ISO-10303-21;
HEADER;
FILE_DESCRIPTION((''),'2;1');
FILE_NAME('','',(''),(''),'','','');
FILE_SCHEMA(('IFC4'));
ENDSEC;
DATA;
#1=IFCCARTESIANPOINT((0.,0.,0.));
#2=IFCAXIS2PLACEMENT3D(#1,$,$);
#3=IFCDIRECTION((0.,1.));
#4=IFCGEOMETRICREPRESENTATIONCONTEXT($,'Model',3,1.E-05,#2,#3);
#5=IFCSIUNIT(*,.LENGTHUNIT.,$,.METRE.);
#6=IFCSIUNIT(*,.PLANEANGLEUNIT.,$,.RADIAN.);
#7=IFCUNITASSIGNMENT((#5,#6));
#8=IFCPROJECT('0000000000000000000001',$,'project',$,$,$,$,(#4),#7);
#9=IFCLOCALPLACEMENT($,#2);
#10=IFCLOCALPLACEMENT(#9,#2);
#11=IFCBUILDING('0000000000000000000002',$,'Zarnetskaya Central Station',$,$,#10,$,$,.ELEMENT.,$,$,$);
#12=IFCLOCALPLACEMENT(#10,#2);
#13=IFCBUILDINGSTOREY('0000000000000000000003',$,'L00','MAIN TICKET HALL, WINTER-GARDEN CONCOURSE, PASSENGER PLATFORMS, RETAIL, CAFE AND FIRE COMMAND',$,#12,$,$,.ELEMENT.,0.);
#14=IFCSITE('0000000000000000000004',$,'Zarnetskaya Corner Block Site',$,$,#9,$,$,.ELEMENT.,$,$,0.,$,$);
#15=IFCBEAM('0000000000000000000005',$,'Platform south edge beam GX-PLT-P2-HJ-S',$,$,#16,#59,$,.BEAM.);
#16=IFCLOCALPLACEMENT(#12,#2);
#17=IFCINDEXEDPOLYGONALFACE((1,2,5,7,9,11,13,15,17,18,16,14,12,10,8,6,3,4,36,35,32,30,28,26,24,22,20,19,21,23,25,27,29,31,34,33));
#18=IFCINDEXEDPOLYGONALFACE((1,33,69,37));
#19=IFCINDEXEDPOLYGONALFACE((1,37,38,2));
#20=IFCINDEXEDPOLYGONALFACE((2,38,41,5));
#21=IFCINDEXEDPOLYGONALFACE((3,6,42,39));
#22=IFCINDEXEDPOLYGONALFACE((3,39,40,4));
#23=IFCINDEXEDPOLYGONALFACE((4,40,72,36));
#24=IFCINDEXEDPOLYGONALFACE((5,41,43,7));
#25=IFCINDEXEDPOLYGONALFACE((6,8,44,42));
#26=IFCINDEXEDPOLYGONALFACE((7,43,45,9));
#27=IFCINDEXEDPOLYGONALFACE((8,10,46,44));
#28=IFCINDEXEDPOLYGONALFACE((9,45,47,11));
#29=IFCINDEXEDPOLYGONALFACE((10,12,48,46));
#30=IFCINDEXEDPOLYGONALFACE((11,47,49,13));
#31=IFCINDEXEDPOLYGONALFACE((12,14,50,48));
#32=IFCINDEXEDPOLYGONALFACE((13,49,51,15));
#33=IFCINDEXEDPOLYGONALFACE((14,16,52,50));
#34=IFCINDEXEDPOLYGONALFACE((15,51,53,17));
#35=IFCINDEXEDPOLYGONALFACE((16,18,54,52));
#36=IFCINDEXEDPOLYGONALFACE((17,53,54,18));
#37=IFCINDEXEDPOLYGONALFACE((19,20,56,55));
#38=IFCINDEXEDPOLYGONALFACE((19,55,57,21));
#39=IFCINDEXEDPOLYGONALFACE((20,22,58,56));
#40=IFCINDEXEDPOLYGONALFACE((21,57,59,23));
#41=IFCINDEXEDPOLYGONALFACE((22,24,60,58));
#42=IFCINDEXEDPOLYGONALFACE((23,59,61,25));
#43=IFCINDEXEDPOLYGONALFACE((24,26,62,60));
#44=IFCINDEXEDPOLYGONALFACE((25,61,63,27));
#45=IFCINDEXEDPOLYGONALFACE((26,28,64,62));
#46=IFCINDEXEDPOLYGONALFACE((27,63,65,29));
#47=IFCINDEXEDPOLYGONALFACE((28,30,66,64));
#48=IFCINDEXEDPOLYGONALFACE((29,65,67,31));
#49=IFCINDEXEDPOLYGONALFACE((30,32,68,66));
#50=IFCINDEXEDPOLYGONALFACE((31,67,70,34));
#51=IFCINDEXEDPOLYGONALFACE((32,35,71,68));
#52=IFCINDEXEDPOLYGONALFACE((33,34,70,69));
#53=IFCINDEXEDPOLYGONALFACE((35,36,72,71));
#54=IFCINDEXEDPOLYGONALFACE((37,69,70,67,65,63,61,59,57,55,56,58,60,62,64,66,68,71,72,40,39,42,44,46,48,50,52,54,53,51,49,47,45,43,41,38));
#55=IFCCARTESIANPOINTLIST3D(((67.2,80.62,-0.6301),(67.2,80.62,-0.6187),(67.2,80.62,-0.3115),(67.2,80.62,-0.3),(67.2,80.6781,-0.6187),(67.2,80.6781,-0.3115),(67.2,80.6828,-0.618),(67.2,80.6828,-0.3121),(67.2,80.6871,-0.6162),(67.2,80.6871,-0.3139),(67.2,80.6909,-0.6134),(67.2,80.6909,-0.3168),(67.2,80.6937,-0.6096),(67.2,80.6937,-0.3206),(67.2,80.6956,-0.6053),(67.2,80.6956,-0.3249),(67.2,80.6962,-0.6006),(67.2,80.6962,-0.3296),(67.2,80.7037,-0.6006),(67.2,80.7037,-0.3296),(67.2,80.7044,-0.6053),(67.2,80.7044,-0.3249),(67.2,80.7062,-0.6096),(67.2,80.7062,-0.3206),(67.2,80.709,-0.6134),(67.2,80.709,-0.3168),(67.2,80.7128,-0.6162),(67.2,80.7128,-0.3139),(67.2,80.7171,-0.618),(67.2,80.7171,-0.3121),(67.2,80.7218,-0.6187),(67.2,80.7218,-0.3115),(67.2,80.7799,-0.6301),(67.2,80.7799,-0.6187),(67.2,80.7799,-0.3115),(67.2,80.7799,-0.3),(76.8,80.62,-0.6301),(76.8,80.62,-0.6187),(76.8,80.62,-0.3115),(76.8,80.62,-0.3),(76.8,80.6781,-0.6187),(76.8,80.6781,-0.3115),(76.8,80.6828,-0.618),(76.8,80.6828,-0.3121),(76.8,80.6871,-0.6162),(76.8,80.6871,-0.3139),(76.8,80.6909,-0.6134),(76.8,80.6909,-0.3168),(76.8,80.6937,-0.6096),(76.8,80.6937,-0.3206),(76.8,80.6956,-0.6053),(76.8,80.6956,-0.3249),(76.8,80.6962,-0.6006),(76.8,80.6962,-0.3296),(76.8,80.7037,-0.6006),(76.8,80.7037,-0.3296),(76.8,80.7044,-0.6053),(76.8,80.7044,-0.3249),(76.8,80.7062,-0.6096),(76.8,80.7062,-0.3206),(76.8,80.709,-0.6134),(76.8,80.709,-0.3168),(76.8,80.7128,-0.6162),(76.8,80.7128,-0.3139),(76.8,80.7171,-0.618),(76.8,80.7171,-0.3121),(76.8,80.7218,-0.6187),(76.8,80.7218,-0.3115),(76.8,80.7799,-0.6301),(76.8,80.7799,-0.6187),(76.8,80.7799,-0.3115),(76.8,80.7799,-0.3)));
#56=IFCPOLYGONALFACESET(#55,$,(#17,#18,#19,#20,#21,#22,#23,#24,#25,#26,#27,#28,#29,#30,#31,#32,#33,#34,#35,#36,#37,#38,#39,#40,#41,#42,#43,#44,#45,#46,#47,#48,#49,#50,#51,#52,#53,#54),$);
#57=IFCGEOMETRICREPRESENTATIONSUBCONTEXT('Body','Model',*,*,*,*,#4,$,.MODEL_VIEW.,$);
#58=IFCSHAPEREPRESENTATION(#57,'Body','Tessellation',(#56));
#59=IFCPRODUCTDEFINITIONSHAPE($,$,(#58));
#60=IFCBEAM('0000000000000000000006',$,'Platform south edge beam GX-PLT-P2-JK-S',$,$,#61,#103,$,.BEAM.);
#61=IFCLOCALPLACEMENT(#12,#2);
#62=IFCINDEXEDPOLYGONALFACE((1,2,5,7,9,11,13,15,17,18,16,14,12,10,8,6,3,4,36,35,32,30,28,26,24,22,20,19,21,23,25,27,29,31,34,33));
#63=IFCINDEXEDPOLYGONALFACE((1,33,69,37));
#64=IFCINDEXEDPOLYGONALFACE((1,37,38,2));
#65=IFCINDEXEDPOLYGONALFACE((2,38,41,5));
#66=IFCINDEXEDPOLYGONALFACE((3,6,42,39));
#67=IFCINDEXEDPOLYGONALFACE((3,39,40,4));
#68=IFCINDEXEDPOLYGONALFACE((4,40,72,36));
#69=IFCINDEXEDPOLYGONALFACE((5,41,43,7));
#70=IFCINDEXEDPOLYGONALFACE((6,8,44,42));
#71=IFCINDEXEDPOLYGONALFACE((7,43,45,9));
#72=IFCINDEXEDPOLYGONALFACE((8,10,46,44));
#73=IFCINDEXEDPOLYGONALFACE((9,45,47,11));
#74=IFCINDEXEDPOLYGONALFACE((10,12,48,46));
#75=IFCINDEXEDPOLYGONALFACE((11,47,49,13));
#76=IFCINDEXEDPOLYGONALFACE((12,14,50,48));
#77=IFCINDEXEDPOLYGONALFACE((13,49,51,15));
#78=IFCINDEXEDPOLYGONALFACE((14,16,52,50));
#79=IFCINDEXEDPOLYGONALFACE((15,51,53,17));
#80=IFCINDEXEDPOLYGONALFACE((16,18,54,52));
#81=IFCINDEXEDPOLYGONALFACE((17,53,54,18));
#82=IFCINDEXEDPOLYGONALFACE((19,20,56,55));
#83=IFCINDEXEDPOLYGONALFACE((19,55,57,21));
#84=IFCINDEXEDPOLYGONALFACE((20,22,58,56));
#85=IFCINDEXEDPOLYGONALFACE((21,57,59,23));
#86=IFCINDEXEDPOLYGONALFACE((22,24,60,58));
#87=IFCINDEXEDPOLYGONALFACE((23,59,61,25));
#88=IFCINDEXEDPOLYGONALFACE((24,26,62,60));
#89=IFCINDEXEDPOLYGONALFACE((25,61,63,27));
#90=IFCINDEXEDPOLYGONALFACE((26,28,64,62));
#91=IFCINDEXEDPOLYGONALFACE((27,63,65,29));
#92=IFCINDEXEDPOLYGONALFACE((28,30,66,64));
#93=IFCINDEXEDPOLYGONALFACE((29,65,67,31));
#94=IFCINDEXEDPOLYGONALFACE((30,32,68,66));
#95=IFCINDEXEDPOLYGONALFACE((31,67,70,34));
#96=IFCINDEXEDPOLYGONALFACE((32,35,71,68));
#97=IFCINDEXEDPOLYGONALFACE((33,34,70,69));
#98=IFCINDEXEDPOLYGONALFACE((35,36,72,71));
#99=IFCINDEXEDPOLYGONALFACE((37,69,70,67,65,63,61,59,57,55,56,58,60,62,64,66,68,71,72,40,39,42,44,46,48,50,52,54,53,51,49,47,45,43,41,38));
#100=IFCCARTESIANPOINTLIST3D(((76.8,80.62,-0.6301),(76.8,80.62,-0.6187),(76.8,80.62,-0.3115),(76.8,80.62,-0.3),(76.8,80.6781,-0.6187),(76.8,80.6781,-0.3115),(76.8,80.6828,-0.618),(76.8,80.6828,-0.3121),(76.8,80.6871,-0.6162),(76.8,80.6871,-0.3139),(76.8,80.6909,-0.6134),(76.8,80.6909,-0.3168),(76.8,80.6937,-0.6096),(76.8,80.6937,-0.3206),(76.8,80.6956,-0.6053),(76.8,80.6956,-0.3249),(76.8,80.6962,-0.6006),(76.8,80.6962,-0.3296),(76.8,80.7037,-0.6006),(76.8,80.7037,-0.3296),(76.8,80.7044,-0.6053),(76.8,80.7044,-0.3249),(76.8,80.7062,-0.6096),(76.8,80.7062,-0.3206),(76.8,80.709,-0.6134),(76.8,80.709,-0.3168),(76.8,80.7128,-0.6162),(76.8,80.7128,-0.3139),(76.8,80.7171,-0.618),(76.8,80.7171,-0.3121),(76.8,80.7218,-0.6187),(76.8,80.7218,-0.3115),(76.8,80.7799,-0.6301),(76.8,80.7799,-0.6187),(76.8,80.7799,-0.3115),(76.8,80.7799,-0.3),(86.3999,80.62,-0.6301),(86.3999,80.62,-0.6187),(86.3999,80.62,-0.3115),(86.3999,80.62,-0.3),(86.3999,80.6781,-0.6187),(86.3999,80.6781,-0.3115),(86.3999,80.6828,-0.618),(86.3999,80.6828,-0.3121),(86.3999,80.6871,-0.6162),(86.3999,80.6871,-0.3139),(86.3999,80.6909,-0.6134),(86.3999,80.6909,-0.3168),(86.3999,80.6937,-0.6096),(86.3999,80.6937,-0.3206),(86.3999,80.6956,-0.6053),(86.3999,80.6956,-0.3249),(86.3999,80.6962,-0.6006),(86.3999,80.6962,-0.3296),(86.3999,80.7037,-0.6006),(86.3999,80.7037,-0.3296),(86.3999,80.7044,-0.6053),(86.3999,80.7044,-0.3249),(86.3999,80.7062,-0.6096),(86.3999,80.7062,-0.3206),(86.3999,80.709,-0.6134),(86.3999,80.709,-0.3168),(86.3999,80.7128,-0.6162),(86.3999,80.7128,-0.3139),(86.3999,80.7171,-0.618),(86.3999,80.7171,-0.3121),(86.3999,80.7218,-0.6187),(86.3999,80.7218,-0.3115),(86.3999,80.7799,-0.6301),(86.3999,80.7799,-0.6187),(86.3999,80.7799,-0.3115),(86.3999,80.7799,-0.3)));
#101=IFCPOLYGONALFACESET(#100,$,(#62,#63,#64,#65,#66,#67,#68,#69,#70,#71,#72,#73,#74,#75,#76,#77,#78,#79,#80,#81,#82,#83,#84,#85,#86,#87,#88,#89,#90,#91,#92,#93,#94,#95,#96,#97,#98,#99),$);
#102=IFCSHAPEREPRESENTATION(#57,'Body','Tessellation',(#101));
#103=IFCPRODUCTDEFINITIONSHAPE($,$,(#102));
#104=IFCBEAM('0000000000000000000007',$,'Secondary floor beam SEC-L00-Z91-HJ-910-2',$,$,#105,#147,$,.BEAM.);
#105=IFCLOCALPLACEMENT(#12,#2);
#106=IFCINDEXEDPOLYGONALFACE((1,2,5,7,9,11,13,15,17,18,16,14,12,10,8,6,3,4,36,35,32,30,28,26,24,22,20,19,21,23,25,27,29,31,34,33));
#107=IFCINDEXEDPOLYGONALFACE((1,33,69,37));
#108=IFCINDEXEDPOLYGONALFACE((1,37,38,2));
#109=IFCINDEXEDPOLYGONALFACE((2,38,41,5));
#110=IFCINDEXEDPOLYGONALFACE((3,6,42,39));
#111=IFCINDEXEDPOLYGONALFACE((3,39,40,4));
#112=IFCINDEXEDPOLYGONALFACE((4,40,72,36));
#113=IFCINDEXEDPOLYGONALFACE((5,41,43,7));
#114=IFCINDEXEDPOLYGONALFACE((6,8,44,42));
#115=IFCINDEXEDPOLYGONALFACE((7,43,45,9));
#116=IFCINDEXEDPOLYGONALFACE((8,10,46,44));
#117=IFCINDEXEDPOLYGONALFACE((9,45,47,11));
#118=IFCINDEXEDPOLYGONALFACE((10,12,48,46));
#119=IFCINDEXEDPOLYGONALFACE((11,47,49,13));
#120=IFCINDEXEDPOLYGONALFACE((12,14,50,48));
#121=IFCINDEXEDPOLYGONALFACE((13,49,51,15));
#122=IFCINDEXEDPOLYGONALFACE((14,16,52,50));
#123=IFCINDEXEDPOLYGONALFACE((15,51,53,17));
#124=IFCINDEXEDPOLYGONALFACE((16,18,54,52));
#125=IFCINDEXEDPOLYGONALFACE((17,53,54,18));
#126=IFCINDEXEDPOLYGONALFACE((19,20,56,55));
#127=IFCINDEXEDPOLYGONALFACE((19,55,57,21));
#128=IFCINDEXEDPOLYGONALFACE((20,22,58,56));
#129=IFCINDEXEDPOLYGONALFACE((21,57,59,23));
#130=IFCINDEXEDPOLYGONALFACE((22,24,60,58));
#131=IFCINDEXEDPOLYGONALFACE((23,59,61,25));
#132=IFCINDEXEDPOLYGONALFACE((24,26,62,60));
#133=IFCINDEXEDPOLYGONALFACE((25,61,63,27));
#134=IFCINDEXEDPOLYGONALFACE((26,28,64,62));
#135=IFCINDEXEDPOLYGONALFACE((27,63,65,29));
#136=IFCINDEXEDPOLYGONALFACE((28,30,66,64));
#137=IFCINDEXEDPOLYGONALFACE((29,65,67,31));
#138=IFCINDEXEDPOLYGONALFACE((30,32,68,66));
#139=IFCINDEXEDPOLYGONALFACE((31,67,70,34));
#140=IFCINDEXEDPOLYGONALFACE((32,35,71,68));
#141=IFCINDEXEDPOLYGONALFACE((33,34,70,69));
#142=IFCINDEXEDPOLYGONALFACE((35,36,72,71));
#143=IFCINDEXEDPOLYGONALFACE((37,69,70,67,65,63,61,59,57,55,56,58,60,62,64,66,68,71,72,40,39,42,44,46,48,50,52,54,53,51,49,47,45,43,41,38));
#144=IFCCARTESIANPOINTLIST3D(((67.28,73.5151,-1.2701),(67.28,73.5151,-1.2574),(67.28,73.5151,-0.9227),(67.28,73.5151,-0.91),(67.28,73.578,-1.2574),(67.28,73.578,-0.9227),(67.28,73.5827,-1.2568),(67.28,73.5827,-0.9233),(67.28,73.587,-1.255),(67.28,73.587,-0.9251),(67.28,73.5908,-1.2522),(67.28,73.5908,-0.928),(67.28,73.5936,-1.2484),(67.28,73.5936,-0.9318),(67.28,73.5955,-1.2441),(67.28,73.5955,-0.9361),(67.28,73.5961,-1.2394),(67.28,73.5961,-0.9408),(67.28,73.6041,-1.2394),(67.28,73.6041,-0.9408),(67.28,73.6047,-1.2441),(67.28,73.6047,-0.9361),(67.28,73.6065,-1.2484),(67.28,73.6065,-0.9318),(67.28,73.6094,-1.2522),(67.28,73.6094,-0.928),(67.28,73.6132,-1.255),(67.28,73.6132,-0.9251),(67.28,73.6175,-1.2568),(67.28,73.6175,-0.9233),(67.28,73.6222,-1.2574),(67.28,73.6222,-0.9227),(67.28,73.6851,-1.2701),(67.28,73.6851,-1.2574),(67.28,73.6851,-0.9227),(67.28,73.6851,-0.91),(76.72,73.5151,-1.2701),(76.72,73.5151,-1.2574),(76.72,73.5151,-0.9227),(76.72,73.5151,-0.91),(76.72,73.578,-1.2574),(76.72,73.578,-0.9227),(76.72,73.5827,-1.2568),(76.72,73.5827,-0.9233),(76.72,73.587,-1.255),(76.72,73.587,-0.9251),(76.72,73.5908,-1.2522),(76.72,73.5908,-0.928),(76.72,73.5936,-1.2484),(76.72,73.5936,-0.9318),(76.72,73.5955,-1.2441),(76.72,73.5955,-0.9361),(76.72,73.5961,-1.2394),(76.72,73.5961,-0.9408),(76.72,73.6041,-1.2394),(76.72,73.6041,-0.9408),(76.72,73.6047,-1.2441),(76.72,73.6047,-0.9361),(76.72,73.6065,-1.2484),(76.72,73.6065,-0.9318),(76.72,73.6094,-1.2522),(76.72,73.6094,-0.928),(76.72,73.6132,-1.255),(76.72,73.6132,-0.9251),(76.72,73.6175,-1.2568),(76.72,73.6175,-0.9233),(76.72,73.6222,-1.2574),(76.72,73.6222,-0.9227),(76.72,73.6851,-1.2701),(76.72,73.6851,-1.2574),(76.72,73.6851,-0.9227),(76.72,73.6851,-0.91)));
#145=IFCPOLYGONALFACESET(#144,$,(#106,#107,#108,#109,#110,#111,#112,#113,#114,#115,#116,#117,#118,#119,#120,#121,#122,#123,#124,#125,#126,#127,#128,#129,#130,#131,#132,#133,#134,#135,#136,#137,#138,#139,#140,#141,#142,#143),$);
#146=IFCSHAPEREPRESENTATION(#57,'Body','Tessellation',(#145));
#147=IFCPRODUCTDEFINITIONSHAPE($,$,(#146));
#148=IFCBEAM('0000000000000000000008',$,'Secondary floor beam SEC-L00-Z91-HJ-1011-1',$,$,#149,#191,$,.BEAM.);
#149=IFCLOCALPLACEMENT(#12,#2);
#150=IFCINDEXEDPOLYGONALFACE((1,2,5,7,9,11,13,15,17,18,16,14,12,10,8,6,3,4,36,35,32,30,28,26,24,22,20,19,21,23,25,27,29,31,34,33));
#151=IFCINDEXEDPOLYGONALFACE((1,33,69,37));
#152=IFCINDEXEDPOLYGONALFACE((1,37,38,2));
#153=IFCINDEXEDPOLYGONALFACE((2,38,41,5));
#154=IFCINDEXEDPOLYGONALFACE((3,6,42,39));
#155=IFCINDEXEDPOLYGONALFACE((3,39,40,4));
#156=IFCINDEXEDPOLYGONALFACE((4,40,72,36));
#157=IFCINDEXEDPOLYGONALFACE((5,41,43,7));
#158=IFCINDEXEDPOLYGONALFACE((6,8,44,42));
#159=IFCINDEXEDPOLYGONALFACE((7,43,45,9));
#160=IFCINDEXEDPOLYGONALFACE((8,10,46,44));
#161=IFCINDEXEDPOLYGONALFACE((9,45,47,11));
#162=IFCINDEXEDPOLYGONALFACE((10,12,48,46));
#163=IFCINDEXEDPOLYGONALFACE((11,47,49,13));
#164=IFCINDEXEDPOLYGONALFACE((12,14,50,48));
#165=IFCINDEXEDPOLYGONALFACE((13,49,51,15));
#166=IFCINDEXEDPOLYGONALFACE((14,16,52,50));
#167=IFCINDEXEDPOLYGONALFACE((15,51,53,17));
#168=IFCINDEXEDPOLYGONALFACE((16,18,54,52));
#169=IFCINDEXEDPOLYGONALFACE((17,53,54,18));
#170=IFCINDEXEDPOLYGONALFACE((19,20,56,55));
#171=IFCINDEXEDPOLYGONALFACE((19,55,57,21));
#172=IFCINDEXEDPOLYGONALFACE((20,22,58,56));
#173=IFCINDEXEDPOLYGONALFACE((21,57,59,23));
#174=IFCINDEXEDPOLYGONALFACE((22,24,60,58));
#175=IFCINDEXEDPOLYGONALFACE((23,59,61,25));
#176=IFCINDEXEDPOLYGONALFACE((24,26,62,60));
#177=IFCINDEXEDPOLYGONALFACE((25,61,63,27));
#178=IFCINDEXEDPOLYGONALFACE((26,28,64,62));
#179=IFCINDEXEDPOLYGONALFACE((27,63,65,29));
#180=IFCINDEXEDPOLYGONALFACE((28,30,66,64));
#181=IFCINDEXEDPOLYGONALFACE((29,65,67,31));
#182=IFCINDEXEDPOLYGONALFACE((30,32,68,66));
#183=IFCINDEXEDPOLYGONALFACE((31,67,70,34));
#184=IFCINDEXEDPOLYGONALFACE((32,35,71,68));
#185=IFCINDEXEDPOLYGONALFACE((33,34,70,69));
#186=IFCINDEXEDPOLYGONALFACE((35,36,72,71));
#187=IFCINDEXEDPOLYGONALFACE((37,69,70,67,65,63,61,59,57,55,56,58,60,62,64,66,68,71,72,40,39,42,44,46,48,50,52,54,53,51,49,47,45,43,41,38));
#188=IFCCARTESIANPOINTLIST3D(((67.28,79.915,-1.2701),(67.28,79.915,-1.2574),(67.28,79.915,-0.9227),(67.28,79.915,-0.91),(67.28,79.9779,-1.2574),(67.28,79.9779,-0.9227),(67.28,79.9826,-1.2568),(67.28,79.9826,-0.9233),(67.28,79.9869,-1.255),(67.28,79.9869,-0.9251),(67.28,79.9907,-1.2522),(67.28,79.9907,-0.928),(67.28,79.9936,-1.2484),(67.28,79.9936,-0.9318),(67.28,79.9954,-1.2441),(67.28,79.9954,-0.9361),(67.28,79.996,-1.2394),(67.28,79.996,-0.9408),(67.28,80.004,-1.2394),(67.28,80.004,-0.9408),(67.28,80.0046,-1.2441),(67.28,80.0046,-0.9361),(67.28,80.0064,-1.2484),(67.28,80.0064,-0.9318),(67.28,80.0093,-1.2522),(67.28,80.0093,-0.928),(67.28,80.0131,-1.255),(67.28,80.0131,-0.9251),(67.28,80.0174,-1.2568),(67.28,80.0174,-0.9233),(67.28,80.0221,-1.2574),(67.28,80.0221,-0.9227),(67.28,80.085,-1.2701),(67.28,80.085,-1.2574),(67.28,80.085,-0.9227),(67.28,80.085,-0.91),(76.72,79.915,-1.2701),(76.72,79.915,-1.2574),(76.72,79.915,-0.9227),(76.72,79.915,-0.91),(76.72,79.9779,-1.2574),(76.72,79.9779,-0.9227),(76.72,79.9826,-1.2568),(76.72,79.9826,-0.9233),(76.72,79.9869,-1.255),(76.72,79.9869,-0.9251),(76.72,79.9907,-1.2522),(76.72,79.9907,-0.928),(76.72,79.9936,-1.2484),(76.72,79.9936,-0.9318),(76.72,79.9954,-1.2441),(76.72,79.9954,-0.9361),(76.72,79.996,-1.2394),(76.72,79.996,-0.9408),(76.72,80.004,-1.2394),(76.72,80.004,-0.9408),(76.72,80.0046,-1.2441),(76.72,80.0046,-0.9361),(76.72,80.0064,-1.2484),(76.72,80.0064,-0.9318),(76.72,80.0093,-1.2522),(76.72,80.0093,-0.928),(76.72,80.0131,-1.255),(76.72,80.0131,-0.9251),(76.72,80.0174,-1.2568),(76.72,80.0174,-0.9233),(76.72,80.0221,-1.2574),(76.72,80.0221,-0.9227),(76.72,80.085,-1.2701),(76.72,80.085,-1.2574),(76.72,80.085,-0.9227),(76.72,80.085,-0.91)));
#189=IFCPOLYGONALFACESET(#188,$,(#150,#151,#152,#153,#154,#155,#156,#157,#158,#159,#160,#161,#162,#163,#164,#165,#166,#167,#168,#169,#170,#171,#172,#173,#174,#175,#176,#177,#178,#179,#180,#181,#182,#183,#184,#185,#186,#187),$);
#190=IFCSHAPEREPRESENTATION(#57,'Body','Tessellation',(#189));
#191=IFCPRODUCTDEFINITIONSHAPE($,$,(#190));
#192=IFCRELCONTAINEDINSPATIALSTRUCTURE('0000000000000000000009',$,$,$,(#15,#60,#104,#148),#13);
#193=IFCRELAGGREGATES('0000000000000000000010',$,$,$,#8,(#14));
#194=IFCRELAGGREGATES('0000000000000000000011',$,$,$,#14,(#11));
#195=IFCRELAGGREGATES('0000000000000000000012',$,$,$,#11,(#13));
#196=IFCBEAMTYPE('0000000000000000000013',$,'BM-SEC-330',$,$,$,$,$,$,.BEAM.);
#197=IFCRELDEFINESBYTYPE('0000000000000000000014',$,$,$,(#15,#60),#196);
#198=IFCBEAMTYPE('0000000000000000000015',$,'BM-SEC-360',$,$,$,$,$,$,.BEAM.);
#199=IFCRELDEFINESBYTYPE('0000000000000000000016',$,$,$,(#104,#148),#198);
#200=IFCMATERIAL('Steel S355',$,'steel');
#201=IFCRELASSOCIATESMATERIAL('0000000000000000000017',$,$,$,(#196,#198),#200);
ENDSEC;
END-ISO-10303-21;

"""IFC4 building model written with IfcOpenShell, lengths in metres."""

from ifc_helpers import new_model, si_unit, direction, frame, origin, origin_2d, place, context, subcontext, project, spatial, i_section, extrude, material, material_profile, profile_set, type_object, element, save


model = new_model("IFC4")

# Units and contexts
model_context = context("Model", 3, precision=1e-05, world=origin(), true_north=direction((0.0, 1.0)))
body_context = subcontext(model_context, "Body", "Model", "MODEL_VIEW")
ifc_project = project(units=[si_unit("LENGTHUNIT", "METRE"), si_unit("PLANEANGLEUNIT", "RADIAN")], contexts=[model_context])

# Site, building, storey
site_placement = place(None, origin())
site = spatial("IfcSite", under=ifc_project, at=site_placement, Name="Zarnetskaya Corner Block Site", CompositionType="ELEMENT", RefElevation=0.0)
building_placement = place(site_placement, origin())
building = spatial("IfcBuilding", under=site, at=building_placement, Name="Zarnetskaya Central Station", CompositionType="ELEMENT")
storey_placement = place(building_placement, origin())
storey = spatial("IfcBuildingStorey", under=building, at=storey_placement, Name="L00", Description="MAIN TICKET HALL, WINTER-GARDEN CONCOURSE, PASSENGER PLATFORMS, RETAIL, CAFE AND FIRE COMMAND", CompositionType="ELEMENT", Elevation=0.0)

# Shared definitions
ifc_material = material(Name="Steel S355", Category="steel")

# Beams
ifc_material_profile_1 = material_profile(ifc_material, i_section(OverallWidth=0.1599, OverallDepth=0.3301, WebThickness=0.0076, FlangeThickness=0.0115, FilletRadius=0.0181, at=origin_2d()), Name="IPE 330")
ifc_profile_set_1 = profile_set([ifc_material_profile_1], Name="Steel S355")
beam_type_1 = type_object("IfcBeamType", Name="BM-SEC-330", PredefinedType="BEAM", material=ifc_profile_set_1)
beam_1_placement = place(storey_placement, frame((67.2, 80.7, -0.4651), z_axis=(1.0, 0.0, 0.0), x_axis=(0.0, 1.0, 0.0)))
element("IfcBeam", 1, at=beam_1_placement, inside=storey, type_object=beam_type_1, Name="Platform south edge beam GX-PLT-P2-HJ-S", PredefinedType="BEAM", context=body_context, shape_type="SweptSolid", body=[
    extrude(i_section(OverallWidth=0.1599, OverallDepth=0.3301, WebThickness=0.0076, FlangeThickness=0.0115, FilletRadius=0.0181, at=origin_2d()), origin(), (0.0, 0.0, 1.0), 9.6001),
])
beam_2_placement = place(storey_placement, frame((76.8, 80.7, -0.4651), z_axis=(1.0, 0.0, 0.0), x_axis=(0.0, 1.0, 0.0)))
element("IfcBeam", 2, at=beam_2_placement, inside=storey, type_object=beam_type_1, Name="Platform south edge beam GX-PLT-P2-JK-S", PredefinedType="BEAM", context=body_context, shape_type="SweptSolid", body=[
    extrude(i_section(OverallWidth=0.1599, OverallDepth=0.3301, WebThickness=0.0076, FlangeThickness=0.0115, FilletRadius=0.0181, at=origin_2d()), origin(), (0.0, 0.0, 1.0), 9.5999),
])
ifc_material_profile_2 = material_profile(ifc_material, i_section(OverallWidth=0.1699, OverallDepth=0.3601, WebThickness=0.0081, FlangeThickness=0.0127, FilletRadius=0.0181, at=origin_2d()), Name="IPE 360")
ifc_profile_set_2 = profile_set([ifc_material_profile_2], Name="Steel S355")
beam_type_2 = type_object("IfcBeamType", Name="BM-SEC-360", PredefinedType="BEAM", material=ifc_profile_set_2)
for number, where, z_axis, x_axis, name in (
    (3, (67.28, 73.6001, -1.0901), (1.0, 0.0, 0.0), (0.0, 1.0, 0.0), "Secondary floor beam SEC-L00-Z91-HJ-910-2"),
    (4, (67.28, 80.0, -1.0901), (1.0, 0.0, 0.0), (0.0, 1.0, 0.0), "Secondary floor beam SEC-L00-Z91-HJ-1011-1"),
):
    element("IfcBeam", number, at=place(storey_placement, frame(where, z_axis=z_axis, x_axis=x_axis)), inside=storey, type_object=beam_type_2, Name=name, PredefinedType="BEAM", context=body_context, shape_type="SweptSolid", body=[
        extrude(i_section(OverallWidth=0.1699, OverallDepth=0.3601, WebThickness=0.0081, FlangeThickness=0.0127, FilletRadius=0.0181, at=origin_2d()), origin(), (0.0, 0.0, 1.0), 9.4399),
    ])

save(model, "model.ifc")
